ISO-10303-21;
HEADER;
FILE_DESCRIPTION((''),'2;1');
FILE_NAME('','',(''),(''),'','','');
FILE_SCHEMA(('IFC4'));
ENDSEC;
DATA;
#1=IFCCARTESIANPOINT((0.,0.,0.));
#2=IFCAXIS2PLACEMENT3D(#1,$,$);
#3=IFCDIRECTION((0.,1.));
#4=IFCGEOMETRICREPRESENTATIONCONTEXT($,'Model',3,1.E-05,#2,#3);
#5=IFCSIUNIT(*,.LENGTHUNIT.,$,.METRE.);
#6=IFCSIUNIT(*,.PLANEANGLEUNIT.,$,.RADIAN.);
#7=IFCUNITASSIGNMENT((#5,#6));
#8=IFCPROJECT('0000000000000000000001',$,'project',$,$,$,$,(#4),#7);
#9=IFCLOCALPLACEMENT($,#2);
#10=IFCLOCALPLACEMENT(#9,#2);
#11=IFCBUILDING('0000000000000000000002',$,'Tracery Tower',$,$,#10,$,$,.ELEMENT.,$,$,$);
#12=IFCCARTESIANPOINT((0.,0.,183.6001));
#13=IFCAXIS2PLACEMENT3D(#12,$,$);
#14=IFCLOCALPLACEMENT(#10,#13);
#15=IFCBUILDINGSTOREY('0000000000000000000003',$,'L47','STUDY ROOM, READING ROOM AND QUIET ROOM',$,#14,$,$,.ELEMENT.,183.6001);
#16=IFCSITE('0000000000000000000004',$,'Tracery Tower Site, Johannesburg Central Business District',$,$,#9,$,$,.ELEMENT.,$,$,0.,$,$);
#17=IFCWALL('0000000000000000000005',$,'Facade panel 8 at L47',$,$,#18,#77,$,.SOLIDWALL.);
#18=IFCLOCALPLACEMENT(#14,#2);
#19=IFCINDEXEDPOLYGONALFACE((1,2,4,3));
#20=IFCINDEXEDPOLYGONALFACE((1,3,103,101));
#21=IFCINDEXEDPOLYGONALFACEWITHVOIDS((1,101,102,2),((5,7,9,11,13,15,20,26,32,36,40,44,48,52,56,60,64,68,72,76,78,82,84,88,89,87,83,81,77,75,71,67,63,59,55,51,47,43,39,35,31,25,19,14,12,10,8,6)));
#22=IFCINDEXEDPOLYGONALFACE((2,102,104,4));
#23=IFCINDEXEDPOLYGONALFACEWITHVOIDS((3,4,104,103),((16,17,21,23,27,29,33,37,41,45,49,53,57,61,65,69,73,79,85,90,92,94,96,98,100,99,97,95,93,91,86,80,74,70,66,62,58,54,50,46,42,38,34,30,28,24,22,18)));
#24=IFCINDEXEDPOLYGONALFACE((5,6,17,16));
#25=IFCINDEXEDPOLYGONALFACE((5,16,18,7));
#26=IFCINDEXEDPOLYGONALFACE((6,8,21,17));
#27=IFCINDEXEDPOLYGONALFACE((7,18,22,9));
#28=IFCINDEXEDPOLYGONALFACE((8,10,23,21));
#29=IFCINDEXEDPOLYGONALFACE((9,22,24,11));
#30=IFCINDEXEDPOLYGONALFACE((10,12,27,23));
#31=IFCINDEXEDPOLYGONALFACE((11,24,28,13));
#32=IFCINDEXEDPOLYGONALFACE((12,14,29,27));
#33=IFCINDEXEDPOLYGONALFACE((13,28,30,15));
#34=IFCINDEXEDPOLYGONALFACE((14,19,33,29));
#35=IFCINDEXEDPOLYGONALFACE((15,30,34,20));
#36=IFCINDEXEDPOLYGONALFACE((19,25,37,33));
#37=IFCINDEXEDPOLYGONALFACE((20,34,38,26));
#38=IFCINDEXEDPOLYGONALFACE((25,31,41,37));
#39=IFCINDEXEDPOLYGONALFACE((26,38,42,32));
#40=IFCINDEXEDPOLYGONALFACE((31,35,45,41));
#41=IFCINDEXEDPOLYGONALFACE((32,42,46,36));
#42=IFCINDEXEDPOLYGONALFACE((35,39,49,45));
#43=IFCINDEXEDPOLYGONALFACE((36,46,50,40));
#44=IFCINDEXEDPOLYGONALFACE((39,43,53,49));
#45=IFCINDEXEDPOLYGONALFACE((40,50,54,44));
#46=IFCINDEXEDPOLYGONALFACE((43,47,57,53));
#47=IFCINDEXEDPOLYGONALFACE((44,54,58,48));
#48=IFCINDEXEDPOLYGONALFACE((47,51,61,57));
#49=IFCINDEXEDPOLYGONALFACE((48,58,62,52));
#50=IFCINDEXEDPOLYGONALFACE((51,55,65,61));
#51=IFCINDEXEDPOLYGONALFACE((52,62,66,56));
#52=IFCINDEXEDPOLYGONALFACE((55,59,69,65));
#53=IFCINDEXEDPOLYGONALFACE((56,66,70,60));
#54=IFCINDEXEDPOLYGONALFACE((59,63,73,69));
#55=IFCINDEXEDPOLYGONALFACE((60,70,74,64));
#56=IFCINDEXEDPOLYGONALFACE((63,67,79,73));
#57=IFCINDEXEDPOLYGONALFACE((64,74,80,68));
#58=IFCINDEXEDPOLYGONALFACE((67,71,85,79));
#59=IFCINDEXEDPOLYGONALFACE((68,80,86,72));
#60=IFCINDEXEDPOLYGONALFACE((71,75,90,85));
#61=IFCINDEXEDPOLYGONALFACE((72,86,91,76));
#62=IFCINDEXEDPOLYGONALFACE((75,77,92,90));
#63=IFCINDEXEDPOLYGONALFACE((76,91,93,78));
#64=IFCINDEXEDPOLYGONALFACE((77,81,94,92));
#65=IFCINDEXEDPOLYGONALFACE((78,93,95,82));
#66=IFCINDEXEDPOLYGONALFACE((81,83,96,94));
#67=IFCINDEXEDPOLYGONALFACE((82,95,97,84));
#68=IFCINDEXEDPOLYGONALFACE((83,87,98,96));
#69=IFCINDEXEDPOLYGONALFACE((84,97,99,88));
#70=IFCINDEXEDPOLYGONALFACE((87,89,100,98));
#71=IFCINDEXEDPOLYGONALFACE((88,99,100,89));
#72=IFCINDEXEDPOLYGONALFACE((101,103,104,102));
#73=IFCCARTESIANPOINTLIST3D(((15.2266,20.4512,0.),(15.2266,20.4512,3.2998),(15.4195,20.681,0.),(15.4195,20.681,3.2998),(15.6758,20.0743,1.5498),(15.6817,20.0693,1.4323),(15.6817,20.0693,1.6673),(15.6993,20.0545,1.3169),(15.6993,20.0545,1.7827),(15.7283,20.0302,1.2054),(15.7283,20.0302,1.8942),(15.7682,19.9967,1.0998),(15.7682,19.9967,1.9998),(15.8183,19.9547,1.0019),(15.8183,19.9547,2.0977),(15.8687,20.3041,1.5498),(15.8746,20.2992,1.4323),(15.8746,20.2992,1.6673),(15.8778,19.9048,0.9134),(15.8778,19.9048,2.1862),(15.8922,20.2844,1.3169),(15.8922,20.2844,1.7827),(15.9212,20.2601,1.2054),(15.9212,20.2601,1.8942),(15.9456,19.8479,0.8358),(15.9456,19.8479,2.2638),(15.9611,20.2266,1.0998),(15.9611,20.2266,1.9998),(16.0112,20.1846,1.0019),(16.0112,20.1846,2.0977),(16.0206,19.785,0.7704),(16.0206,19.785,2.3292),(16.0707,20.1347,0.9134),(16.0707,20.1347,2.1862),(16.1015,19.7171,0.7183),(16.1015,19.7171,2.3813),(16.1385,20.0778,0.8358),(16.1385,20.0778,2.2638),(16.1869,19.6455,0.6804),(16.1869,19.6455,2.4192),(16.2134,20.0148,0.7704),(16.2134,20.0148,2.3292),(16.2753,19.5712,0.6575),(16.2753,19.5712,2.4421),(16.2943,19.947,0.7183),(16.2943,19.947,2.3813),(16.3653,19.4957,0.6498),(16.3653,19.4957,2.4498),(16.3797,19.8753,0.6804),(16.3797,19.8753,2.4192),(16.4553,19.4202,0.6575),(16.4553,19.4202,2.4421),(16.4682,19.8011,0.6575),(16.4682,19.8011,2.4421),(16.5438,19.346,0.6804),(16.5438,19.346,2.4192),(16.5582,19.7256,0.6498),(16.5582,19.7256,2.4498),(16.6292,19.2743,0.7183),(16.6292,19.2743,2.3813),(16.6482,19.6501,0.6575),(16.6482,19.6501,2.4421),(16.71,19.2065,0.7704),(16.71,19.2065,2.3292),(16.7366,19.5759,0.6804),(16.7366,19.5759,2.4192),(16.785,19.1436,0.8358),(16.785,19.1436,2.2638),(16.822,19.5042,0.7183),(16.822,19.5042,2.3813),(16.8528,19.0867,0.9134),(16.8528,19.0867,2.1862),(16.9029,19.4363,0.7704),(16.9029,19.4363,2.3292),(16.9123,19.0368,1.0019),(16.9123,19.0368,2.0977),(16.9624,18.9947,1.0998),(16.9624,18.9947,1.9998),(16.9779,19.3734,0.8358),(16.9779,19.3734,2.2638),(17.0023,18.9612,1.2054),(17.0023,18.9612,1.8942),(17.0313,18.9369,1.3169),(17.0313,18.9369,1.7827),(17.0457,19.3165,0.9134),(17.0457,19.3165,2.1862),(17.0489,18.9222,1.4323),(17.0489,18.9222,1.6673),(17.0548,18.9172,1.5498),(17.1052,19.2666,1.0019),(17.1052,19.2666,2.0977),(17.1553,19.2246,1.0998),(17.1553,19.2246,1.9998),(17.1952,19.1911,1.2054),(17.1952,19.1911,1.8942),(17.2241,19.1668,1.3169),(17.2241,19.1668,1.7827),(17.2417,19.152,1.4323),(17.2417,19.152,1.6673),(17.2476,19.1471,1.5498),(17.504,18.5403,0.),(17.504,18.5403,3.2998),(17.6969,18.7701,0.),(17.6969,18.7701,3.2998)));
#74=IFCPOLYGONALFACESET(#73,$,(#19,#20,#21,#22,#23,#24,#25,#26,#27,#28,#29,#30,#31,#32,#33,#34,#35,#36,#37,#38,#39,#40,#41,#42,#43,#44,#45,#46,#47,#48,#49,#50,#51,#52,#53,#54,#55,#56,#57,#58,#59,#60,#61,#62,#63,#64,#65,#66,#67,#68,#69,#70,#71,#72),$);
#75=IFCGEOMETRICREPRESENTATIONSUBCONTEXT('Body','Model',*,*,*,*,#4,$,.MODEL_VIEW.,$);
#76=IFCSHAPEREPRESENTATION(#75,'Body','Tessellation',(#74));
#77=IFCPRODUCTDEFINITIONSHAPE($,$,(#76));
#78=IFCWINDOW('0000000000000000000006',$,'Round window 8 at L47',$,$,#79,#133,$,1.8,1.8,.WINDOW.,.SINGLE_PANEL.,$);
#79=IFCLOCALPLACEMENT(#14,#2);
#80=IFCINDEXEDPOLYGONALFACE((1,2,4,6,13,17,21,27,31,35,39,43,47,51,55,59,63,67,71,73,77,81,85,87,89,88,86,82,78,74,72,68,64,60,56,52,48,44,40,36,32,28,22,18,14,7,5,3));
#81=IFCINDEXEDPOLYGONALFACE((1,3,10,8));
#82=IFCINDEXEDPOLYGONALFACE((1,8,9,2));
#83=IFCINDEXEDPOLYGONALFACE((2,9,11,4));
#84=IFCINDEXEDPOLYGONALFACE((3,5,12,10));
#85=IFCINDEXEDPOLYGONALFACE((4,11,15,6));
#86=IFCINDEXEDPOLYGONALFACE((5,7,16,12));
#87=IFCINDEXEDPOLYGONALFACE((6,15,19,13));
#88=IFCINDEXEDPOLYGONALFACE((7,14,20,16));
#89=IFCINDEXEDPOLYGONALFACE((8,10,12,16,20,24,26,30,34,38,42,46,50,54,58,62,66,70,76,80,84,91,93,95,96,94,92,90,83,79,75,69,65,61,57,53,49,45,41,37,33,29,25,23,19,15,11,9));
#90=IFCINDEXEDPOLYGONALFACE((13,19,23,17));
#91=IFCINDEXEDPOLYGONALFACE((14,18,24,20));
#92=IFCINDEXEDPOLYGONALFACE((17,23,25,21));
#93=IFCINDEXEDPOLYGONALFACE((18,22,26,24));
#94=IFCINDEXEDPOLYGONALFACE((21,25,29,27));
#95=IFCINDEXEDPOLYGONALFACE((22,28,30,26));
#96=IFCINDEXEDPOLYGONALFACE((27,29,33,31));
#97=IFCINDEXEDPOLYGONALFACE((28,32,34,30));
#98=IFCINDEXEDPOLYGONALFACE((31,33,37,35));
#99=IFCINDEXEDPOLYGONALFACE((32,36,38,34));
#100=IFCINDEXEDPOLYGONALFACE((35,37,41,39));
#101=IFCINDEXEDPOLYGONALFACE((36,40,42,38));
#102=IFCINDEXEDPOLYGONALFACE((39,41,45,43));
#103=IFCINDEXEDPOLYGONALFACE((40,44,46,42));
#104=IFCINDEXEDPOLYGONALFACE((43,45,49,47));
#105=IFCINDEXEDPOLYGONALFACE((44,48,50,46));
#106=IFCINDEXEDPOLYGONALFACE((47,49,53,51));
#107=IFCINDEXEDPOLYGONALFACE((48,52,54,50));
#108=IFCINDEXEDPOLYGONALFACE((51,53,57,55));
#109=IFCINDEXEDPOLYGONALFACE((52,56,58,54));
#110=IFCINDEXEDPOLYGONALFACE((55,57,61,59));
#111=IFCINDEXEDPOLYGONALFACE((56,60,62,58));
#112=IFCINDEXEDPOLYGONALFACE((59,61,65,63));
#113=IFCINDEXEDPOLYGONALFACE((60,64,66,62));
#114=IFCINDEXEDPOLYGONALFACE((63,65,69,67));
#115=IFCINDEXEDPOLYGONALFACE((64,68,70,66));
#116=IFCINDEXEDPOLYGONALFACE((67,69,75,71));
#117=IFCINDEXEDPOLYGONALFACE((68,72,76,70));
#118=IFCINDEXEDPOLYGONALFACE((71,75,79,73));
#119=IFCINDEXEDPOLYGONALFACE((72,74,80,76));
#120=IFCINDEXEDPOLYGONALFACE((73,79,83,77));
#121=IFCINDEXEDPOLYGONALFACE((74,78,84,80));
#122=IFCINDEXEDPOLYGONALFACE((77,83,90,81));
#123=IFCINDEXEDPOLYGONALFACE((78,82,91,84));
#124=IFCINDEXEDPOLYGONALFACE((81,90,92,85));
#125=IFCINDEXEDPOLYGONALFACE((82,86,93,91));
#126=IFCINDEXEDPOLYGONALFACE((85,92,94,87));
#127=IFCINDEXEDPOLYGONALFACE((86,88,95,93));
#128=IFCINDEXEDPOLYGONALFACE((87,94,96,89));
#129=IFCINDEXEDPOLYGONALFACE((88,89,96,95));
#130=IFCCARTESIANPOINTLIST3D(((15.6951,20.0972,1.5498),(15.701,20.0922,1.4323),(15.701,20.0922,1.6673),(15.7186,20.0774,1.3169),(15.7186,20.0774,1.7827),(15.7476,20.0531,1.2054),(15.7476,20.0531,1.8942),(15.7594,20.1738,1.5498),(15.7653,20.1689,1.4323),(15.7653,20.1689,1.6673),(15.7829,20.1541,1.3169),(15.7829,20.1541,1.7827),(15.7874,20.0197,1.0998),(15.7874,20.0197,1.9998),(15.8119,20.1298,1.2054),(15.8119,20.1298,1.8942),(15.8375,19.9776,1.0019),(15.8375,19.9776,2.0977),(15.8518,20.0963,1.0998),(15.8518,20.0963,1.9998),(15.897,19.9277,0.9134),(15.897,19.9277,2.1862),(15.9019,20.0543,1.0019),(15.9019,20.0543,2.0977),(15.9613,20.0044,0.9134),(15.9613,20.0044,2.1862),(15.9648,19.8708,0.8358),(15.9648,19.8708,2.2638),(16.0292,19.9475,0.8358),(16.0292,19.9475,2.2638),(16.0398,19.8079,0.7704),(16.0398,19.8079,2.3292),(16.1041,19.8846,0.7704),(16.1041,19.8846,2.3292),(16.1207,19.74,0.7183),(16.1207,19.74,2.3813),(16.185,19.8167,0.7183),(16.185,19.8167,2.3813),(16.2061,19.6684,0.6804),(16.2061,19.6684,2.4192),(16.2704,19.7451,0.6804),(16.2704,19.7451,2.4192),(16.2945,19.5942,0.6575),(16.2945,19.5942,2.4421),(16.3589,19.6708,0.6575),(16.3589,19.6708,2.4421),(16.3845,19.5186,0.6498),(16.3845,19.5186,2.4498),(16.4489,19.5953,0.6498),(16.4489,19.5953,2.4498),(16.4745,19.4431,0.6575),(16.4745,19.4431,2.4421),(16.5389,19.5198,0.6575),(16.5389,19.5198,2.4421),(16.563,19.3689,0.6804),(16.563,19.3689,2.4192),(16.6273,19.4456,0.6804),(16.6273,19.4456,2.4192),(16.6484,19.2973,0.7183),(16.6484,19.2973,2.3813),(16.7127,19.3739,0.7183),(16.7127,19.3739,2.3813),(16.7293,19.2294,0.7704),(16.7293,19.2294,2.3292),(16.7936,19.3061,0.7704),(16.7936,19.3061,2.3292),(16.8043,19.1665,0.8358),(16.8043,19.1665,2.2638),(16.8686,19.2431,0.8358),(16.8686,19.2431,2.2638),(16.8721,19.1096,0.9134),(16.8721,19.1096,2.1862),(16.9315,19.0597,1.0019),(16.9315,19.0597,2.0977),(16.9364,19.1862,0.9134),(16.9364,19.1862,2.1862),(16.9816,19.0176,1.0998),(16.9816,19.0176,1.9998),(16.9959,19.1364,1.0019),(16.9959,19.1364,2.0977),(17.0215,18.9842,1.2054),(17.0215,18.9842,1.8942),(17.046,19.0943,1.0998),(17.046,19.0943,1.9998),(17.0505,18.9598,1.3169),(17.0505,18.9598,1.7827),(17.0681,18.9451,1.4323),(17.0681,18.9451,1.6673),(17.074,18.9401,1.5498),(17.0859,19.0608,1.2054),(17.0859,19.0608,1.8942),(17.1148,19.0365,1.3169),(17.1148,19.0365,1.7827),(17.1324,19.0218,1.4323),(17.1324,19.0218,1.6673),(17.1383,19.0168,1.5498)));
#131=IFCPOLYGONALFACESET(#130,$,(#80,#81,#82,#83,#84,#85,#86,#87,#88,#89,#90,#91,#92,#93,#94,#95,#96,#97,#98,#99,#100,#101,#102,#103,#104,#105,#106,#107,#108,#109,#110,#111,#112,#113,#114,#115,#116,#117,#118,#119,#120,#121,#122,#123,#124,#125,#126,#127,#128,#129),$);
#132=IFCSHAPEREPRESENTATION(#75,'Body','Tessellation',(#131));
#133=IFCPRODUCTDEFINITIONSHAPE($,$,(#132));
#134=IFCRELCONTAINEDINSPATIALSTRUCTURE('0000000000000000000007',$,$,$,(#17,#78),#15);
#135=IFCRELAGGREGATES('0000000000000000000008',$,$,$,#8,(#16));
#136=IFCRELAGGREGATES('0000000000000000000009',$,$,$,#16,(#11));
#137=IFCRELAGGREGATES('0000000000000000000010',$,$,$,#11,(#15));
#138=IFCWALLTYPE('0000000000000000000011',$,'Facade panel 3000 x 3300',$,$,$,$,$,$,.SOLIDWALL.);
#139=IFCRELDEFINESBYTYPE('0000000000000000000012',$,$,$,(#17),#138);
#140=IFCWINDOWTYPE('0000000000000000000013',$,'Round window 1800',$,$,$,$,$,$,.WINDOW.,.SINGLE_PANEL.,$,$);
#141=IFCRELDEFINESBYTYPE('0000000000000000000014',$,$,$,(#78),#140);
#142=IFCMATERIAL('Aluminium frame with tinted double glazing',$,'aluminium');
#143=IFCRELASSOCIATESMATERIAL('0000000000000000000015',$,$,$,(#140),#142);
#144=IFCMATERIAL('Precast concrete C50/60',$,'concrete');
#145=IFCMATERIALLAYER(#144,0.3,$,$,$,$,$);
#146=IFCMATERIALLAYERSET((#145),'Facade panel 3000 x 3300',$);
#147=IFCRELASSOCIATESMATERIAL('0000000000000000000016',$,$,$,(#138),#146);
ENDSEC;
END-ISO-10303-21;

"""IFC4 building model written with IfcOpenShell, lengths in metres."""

from ifc_helpers import new_model, si_unit, direction, frame, frame_2d, origin, origin_2d, place, context, subcontext, project, spatial, rectangle, circle, extrude, material, layer, layer_set, type_object, element, fill, save


model = new_model("IFC4")

# Units and contexts
model_context = context("Model", 3, precision=1e-05, world=origin(), true_north=direction((0.0, 1.0)))
body_context = subcontext(model_context, "Body", "Model", "MODEL_VIEW")
ifc_project = project(units=[si_unit("LENGTHUNIT", "METRE"), si_unit("PLANEANGLEUNIT", "RADIAN")], contexts=[model_context])

# Site, building, storey
site_placement = place(None, origin())
site = spatial("IfcSite", under=ifc_project, at=site_placement, Name="Tracery Tower Site, Johannesburg Central Business District", CompositionType="ELEMENT", RefElevation=0.0)
building_placement = place(site_placement, origin())
building = spatial("IfcBuilding", under=site, at=building_placement, Name="Tracery Tower", CompositionType="ELEMENT")
storey_placement = place(building_placement, frame((0.0, 0.0, 183.6001)))
storey = spatial("IfcBuildingStorey", under=building, at=storey_placement, Name="L47", Description="STUDY ROOM, READING ROOM AND QUIET ROOM", CompositionType="ELEMENT", Elevation=183.6001)

# Wall, opening, window
ifc_material_1 = material(Name="Aluminium frame with tinted double glazing", Category="aluminium")
window_type = type_object("IfcWindowType", Name="Round window 1800", PartitioningType="SINGLE_PANEL", PredefinedType="WINDOW", material=ifc_material_1)
ifc_material_2 = material(Name="Precast concrete C50/60", Category="concrete")
ifc_layer_1 = layer(ifc_material_2, 0.3)
ifc_layer_set_1 = layer_set([ifc_layer_1], Name="Facade panel 3000 x 3300")
wall_type_1 = type_object("IfcWallType", Name="Facade panel 3000 x 3300", PredefinedType="SOLIDWALL", material=ifc_layer_set_1)
wall_1_placement = place(storey_placement, frame((17.6003, 18.6553, 0.0), z_axis=(0.0, 0.0, 1.0), x_axis=(-0.766049, 0.642782, 0.0)))
wall_1 = element("IfcWall", 1, at=wall_1_placement, inside=storey, type_object=wall_type_1, Name="Facade panel 8 at L47", PredefinedType="SOLIDWALL", context=body_context, shape_type="SweptSolid", body=[
    extrude(rectangle(XDim=2.9729, YDim=0.3, at=frame_2d((1.4863, 0.0))), origin(), (0.0, 0.0, 1.0), 3.2998),
])
opening_1_placement = place(wall_1_placement, frame((1.4863, 0.0, 1.5498)))
opening_1 = element("IfcOpeningElement", 2, at=opening_1_placement, cuts=wall_1, PredefinedType="OPENING", context=body_context, shape_type="SweptSolid", body=[
    extrude(circle(Radius=0.9, at=origin_2d()), frame((0.0, 0.1599, 0.0), z_axis=(0.0, -1.0, 0.0), x_axis=(1.0, 0.0, 0.0)), (0.0, 0.0, 1.0), 0.3201),
])
window_1_placement = place(opening_1_placement, origin())
window_1 = element("IfcWindow", 3, at=window_1_placement, inside=storey, type_object=window_type, Name="Round window 8 at L47", OverallHeight=1.8, OverallWidth=1.8, PartitioningType="SINGLE_PANEL", PredefinedType="WINDOW", context=body_context, shape_type="SweptSolid", body=[
    extrude(circle(Radius=0.9, at=origin_2d()), frame((0.0, 0.1201, 0.0), z_axis=(0.0, -1.0, 0.0), x_axis=(1.0, 0.0, 0.0)), (0.0, 0.0, 1.0), 0.1001),
])
fill(opening_1, window_1)

save(model, "model.ifc")
